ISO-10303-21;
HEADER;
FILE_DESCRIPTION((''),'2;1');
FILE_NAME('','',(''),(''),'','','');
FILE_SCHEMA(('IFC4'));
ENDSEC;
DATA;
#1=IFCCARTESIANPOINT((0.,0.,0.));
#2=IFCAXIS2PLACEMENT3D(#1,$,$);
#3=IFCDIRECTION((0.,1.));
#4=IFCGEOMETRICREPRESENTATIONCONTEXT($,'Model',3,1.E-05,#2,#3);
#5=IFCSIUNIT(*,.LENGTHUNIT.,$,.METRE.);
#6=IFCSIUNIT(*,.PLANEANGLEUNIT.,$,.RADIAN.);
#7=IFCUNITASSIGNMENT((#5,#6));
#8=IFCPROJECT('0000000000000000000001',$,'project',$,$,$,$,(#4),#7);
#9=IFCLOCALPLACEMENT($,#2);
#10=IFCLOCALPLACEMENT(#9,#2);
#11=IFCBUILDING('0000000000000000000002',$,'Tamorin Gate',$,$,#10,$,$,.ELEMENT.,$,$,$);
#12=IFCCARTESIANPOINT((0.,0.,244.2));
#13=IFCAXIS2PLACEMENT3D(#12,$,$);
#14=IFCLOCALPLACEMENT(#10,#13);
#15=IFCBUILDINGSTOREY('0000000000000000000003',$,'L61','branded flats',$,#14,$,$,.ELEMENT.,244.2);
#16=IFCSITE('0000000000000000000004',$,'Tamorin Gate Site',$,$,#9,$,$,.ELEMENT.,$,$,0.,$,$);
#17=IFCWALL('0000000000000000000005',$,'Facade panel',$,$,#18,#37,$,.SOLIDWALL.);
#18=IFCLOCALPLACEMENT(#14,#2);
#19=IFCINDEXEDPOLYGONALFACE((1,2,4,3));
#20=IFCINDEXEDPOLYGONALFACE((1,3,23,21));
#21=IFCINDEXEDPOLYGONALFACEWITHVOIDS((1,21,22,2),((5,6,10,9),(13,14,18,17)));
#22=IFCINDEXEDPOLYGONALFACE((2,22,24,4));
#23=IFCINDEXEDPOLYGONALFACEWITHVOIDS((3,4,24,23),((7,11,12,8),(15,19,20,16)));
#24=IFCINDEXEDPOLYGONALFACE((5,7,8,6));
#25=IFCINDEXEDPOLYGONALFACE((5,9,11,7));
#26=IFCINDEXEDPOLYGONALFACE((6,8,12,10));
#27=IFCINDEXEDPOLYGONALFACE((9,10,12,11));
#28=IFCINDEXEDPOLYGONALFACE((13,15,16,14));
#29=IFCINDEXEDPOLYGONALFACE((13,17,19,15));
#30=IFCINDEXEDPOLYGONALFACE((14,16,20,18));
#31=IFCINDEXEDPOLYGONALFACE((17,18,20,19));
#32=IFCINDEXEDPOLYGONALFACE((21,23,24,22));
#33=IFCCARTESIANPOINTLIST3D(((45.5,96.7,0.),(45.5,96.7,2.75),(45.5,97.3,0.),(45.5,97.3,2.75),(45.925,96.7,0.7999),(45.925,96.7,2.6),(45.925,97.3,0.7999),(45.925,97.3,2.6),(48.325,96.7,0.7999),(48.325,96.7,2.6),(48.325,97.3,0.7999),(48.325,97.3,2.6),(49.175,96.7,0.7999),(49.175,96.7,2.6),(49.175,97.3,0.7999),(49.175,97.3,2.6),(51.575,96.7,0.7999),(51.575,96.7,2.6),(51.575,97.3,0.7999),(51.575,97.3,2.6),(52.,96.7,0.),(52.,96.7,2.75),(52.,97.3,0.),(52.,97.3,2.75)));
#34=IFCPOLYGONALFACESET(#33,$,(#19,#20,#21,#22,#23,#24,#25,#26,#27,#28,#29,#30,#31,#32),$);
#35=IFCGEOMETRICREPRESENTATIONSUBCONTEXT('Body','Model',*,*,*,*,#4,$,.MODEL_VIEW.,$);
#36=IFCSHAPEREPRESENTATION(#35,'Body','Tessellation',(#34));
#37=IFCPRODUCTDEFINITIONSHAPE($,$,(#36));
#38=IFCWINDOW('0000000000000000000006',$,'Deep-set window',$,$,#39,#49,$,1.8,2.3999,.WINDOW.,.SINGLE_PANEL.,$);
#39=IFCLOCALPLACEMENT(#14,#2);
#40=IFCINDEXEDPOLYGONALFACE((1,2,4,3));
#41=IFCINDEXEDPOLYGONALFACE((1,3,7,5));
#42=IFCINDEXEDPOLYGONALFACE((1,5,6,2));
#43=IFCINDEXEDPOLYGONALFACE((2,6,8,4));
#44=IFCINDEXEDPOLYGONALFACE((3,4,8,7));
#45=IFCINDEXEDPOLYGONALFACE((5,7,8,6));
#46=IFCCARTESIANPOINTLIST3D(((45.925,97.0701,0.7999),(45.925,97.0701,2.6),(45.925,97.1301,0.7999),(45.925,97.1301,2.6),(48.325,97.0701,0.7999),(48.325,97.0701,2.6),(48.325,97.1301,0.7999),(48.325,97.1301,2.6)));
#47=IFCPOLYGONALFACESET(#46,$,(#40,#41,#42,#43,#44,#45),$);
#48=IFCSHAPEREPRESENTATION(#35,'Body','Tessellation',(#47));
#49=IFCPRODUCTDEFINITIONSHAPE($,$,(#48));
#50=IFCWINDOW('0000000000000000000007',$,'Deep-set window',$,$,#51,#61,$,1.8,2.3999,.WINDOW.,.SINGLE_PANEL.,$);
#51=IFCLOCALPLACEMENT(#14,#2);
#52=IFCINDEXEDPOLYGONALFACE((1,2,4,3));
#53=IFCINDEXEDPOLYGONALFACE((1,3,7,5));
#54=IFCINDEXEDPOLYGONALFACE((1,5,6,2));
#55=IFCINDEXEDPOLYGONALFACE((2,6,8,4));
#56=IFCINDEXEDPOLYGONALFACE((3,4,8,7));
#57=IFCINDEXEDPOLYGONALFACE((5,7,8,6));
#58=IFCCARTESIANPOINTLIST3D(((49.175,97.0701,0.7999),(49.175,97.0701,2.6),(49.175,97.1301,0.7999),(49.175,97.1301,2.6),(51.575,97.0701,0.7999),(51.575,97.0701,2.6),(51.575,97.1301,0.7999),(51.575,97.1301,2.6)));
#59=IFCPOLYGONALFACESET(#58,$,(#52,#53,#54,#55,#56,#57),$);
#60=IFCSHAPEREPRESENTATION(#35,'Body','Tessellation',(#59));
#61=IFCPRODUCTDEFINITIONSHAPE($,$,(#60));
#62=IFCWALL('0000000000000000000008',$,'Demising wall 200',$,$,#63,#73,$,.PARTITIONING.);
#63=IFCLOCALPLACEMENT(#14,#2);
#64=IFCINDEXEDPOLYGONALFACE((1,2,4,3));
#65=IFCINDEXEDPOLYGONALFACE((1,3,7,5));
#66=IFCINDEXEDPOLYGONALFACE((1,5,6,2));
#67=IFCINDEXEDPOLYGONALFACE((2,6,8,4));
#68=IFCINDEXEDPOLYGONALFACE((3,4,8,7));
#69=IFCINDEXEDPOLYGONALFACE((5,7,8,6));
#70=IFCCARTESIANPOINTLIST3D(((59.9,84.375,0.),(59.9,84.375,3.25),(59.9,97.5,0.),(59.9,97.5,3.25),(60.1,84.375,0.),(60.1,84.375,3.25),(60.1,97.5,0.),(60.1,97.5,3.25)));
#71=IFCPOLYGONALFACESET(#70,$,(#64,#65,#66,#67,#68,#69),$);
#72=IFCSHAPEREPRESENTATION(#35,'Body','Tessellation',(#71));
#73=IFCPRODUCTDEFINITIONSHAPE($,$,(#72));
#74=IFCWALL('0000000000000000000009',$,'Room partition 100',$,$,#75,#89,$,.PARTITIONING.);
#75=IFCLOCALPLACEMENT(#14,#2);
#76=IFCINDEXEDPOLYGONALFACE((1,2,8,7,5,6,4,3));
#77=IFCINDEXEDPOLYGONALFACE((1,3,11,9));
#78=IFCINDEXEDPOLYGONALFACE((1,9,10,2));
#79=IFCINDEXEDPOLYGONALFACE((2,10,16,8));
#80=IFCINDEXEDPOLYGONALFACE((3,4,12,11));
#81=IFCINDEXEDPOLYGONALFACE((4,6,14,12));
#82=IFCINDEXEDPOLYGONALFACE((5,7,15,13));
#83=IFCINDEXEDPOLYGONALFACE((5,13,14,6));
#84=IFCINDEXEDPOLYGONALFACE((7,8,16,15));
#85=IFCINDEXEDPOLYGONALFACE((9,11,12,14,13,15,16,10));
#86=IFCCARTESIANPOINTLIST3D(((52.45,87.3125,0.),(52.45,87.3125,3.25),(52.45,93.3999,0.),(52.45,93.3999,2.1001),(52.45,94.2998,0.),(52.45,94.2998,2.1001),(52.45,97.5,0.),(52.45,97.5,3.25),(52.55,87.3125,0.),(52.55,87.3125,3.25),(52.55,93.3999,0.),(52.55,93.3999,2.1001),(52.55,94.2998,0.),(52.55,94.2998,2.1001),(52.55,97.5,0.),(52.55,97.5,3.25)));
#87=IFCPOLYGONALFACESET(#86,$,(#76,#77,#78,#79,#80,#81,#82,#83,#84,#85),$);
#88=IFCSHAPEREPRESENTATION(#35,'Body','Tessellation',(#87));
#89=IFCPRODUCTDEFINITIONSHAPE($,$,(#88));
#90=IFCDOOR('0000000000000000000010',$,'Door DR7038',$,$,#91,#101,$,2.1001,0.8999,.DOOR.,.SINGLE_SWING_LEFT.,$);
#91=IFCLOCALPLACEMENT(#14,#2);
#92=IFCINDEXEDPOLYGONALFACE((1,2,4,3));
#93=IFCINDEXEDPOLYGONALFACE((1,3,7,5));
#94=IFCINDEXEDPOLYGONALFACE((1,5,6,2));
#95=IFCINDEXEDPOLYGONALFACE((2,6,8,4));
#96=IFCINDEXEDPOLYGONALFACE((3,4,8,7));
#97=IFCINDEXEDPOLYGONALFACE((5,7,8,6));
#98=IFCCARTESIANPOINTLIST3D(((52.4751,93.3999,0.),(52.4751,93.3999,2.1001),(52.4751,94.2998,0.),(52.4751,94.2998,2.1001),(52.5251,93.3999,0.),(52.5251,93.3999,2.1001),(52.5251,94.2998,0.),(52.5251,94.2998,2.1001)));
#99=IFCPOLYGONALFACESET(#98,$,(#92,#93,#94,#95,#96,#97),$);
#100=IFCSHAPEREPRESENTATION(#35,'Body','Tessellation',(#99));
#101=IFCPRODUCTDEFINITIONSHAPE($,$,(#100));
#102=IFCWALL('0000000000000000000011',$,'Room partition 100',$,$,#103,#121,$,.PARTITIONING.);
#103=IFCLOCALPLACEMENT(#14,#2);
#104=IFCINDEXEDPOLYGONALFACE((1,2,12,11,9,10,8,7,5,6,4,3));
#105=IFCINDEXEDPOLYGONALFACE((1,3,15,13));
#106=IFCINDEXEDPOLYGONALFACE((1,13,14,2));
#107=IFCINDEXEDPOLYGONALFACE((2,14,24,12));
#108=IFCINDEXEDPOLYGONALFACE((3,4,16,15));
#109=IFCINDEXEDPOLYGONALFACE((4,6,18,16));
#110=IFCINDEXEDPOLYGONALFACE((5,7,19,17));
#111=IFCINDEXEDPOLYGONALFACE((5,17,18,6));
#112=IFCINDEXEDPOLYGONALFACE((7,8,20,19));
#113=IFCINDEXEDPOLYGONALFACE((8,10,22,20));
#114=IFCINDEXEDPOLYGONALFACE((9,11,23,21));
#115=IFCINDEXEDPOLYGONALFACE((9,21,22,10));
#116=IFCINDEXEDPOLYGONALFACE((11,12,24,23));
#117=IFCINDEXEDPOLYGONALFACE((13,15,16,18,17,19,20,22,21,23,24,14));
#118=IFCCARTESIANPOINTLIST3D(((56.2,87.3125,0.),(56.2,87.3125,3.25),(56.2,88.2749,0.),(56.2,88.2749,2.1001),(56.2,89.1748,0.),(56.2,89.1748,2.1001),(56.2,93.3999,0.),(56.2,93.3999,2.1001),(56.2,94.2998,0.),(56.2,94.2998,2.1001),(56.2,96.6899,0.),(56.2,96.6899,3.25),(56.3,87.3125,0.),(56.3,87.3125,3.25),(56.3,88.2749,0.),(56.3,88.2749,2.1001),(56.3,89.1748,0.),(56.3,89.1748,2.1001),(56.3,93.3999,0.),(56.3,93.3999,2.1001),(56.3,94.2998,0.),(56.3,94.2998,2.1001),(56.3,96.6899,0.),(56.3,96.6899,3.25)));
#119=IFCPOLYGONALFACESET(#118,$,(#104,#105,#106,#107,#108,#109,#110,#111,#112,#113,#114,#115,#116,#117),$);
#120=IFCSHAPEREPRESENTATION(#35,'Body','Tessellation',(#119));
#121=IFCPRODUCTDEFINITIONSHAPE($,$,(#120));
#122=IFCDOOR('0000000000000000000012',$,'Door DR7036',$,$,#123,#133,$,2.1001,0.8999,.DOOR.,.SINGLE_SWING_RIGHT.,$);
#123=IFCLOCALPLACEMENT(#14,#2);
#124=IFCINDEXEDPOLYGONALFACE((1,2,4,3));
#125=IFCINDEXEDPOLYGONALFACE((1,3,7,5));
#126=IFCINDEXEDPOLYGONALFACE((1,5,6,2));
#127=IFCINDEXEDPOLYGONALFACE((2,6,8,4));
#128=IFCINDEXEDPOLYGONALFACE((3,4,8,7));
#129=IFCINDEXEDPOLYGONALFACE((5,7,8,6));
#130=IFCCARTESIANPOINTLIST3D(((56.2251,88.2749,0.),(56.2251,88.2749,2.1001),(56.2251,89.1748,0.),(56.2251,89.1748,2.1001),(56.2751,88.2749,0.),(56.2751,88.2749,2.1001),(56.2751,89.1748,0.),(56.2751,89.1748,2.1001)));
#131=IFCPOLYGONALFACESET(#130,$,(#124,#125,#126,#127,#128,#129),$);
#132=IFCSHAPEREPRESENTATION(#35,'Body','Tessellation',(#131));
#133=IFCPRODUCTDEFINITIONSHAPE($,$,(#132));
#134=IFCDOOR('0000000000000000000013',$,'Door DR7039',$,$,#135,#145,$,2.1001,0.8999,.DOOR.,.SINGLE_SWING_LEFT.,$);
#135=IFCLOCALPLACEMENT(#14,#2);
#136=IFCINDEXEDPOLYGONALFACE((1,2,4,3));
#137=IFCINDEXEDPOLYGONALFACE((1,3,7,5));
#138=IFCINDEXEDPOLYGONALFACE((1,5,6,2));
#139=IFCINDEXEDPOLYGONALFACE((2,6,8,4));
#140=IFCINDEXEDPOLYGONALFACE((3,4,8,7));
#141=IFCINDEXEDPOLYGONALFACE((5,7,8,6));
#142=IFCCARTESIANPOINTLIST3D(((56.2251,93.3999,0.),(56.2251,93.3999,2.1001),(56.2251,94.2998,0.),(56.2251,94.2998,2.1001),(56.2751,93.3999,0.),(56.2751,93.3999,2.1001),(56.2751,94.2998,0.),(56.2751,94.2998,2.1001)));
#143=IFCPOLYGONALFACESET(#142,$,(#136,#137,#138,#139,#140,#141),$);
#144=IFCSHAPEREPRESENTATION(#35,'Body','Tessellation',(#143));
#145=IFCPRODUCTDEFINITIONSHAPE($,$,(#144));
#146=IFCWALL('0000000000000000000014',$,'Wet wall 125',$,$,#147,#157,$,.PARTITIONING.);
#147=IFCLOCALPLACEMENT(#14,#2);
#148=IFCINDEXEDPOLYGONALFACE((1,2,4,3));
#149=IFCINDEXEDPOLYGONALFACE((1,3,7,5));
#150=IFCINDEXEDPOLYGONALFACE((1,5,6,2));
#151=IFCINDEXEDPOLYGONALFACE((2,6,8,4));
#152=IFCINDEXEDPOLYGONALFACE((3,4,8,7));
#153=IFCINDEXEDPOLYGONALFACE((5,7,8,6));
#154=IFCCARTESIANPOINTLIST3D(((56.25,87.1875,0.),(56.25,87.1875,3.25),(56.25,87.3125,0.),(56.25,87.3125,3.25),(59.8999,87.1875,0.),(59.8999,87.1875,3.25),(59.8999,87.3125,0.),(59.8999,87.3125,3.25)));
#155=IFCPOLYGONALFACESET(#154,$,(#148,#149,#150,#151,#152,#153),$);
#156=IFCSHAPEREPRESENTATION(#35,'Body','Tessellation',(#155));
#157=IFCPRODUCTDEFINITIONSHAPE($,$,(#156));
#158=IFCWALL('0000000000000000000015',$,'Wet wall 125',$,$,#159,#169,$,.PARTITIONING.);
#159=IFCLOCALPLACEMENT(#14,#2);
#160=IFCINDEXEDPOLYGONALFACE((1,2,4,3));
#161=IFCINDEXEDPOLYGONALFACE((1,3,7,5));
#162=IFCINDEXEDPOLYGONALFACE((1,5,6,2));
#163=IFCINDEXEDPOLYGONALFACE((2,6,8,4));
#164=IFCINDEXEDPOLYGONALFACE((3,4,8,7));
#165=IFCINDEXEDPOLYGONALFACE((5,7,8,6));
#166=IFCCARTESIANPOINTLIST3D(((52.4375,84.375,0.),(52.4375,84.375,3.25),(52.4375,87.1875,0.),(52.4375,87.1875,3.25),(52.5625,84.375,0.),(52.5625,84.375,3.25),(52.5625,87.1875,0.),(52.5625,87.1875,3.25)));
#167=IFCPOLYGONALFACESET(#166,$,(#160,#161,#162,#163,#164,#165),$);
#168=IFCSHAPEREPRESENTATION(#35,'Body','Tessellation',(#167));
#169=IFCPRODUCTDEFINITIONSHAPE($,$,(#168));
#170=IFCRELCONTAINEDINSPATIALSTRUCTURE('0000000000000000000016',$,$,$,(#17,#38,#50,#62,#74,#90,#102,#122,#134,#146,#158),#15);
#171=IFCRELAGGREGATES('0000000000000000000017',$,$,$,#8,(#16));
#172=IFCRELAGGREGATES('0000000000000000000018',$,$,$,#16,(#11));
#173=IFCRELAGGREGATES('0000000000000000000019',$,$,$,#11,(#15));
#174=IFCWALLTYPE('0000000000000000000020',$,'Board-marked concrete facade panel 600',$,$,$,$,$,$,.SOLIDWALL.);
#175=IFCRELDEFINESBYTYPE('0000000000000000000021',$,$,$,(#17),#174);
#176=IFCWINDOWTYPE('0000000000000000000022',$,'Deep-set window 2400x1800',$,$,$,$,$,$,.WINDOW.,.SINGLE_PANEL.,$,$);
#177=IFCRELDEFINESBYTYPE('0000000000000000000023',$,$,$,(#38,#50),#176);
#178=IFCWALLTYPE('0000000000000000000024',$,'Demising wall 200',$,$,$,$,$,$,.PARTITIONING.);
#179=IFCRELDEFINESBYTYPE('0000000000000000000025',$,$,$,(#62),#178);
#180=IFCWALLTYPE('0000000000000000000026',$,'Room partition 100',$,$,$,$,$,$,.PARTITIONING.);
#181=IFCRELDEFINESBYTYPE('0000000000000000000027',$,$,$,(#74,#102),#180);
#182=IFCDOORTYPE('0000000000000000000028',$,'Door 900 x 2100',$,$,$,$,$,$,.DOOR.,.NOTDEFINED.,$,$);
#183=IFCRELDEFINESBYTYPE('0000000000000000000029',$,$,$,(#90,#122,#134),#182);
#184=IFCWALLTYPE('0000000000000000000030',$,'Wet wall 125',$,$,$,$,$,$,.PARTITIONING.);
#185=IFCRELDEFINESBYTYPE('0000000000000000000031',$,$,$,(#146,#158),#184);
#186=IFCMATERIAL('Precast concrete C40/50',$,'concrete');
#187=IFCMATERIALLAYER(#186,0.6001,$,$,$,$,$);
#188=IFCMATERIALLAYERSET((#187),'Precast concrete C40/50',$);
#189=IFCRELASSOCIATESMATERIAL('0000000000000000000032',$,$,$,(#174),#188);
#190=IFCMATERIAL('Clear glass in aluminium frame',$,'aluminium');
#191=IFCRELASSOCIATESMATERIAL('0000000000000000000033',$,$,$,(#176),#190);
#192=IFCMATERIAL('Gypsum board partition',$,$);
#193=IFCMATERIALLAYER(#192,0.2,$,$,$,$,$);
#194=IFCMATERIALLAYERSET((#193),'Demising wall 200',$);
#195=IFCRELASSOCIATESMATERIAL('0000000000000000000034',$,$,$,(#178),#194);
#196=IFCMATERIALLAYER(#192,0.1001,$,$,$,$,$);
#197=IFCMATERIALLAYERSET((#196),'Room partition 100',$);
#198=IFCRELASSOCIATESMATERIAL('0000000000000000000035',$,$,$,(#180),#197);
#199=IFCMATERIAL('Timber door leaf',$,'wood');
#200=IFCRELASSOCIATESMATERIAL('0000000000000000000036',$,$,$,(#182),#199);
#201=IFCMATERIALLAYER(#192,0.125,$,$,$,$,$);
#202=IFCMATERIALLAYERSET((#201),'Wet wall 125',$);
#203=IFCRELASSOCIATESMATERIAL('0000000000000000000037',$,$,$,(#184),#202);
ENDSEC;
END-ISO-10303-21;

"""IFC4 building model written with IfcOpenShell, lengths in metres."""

from ifc_helpers import new_model, si_unit, direction, frame, frame_2d, origin, place, context, subcontext, project, spatial, rectangle, extrude, material, layer, layer_set, type_object, element, fill, save


model = new_model("IFC4")

# Units and contexts
model_context = context("Model", 3, precision=1e-05, world=origin(), true_north=direction((0.0, 1.0)))
body_context = subcontext(model_context, "Body", "Model", "MODEL_VIEW")
ifc_project = project(units=[si_unit("LENGTHUNIT", "METRE"), si_unit("PLANEANGLEUNIT", "RADIAN")], contexts=[model_context])

# Site, building, storey
site_placement = place(None, origin())
site = spatial("IfcSite", under=ifc_project, at=site_placement, Name="Tamorin Gate Site", CompositionType="ELEMENT", RefElevation=0.0)
building_placement = place(site_placement, origin())
building = spatial("IfcBuilding", under=site, at=building_placement, Name="Tamorin Gate", CompositionType="ELEMENT")
storey_placement = place(building_placement, frame((0.0, 0.0, 244.2)))
storey = spatial("IfcBuildingStorey", under=building, at=storey_placement, Name="L61", Description="branded flats", CompositionType="ELEMENT", Elevation=244.2)

# Wall, openings, windows
ifc_material_1 = material(Name="Precast concrete C40/50", Category="concrete")
ifc_layer_1 = layer(ifc_material_1, 0.6001)
ifc_layer_set_1 = layer_set([ifc_layer_1], Name="Precast concrete C40/50")
wall_type_1 = type_object("IfcWallType", Name="Board-marked concrete facade panel 600", PredefinedType="SOLIDWALL", material=ifc_layer_set_1)
ifc_material_2 = material(Name="Clear glass in aluminium frame", Category="aluminium")
window_type = type_object("IfcWindowType", Name="Deep-set window 2400x1800", PartitioningType="SINGLE_PANEL", PredefinedType="WINDOW", material=ifc_material_2)
wall_1_placement = place(storey_placement, frame((52.0, 97.0, 0.0), z_axis=(0.0, 0.0, 1.0), x_axis=(-1.0, 0.0, 0.0)))
wall_1 = element("IfcWall", 1, at=wall_1_placement, inside=storey, type_object=wall_type_1, Name="Facade panel", PredefinedType="SOLIDWALL", context=body_context, shape_type="SweptSolid", body=[
    extrude(rectangle(XDim=6.5, YDim=0.6001, at=frame_2d((3.25, 0.0))), origin(), (0.0, 0.0, 1.0), 2.75),
])
opening_1_placement = place(wall_1_placement, frame((3.675, 0.0, 0.8)))
opening_1 = element("IfcOpeningElement", 2, at=opening_1_placement, cuts=wall_1, PredefinedType="OPENING", context=body_context, shape_type="SweptSolid", body=[
    extrude(rectangle(XDim=2.3999, YDim=1.8, at=frame_2d((1.2, 0.8999))), frame((0.0, 0.3101, 0.0), z_axis=(0.0, -1.0, 0.0), x_axis=(1.0, 0.0, 0.0)), (0.0, 0.0, 1.0), 0.6201),
])
opening_2_placement = place(wall_1_placement, frame((0.425, 0.0, 0.8)))
opening_2 = element("IfcOpeningElement", 3, at=opening_2_placement, cuts=wall_1, PredefinedType="OPENING", context=body_context, shape_type="SweptSolid", body=[
    extrude(rectangle(XDim=2.3999, YDim=1.8, at=frame_2d((1.2, 0.8999))), frame((0.0, 0.3101, 0.0), z_axis=(0.0, -1.0, 0.0), x_axis=(1.0, 0.0, 0.0)), (0.0, 0.0, 1.0), 0.6201),
])
window_1_placement = place(opening_1_placement, origin())
window_1 = element("IfcWindow", 4, at=window_1_placement, inside=storey, type_object=window_type, Name="Deep-set window", OverallHeight=1.8, OverallWidth=2.3999, PartitioningType="SINGLE_PANEL", PredefinedType="WINDOW", context=body_context, shape_type="SweptSolid", body=[
    extrude(rectangle(XDim=2.3999, YDim=1.8, at=frame_2d((1.2, 0.8999))), frame((0.0, -0.0701, 0.0), z_axis=(0.0, -1.0, 0.0), x_axis=(1.0, 0.0, 0.0)), (0.0, 0.0, 1.0), 0.0601),
])
fill(opening_1, window_1)
window_2_placement = place(opening_2_placement, origin())
window_2 = element("IfcWindow", 5, at=window_2_placement, inside=storey, type_object=window_type, Name="Deep-set window", OverallHeight=1.8, OverallWidth=2.3999, PartitioningType="SINGLE_PANEL", PredefinedType="WINDOW", context=body_context, shape_type="SweptSolid", body=[
    extrude(rectangle(XDim=2.3999, YDim=1.8, at=frame_2d((1.2, 0.8999))), frame((0.0, -0.0701, 0.0), z_axis=(0.0, -1.0, 0.0), x_axis=(1.0, 0.0, 0.0)), (0.0, 0.0, 1.0), 0.0601),
])
fill(opening_2, window_2)

# Wall
ifc_material_3 = material(Name="Gypsum board partition")
ifc_layer_2 = layer(ifc_material_3, 0.2)
ifc_layer_set_2 = layer_set([ifc_layer_2], Name="Demising wall 200")
wall_type_2 = type_object("IfcWallType", Name="Demising wall 200", PredefinedType="PARTITIONING", material=ifc_layer_set_2)
wall_2_placement = place(storey_placement, frame((60.0, 84.375, 0.0), z_axis=(0.0, 0.0, 1.0), x_axis=(0.0, 1.0, 0.0)))
element("IfcWall", 6, at=wall_2_placement, inside=storey, type_object=wall_type_2, Name="Demising wall 200", PredefinedType="PARTITIONING", context=body_context, shape_type="SweptSolid", body=[
    extrude(rectangle(XDim=13.125, YDim=0.2, at=frame_2d((6.5625, 0.0))), origin(), (0.0, 0.0, 1.0), 3.25),
])

# Wall, opening, door
ifc_layer_3 = layer(ifc_material_3, 0.1001)
ifc_layer_set_3 = layer_set([ifc_layer_3], Name="Room partition 100")
wall_type_3 = type_object("IfcWallType", Name="Room partition 100", PredefinedType="PARTITIONING", material=ifc_layer_set_3)
wall_3_placement = place(storey_placement, frame((52.5, 87.3125, 0.0), z_axis=(0.0, 0.0, 1.0), x_axis=(0.0, 1.0, 0.0)))
wall_3 = element("IfcWall", 7, at=wall_3_placement, inside=storey, type_object=wall_type_3, Name="Room partition 100", PredefinedType="PARTITIONING", context=body_context, shape_type="SweptSolid", body=[
    extrude(rectangle(XDim=10.1875, YDim=0.1001, at=frame_2d((5.0938, 0.0))), origin(), (0.0, 0.0, 1.0), 3.25),
])
opening_3_placement = place(wall_3_placement, frame((6.0874, 0.0, 0.0)))
opening_3 = element("IfcOpeningElement", 8, at=opening_3_placement, cuts=wall_3, PredefinedType="OPENING", context=body_context, shape_type="SweptSolid", body=[
    extrude(rectangle(XDim=0.8999, YDim=2.1001, at=frame_2d((0.45, 1.05))), frame((0.0, 0.0601, 0.0), z_axis=(0.0, -1.0, 0.0), x_axis=(1.0, 0.0, 0.0)), (0.0, 0.0, 1.0), 0.1201),
])
ifc_material_4 = material(Name="Timber door leaf", Category="wood")
door_type = type_object("IfcDoorType", Name="Door 900 x 2100", OperationType="NOTDEFINED", PredefinedType="DOOR", material=ifc_material_4)
door_1_placement = place(opening_3_placement, origin())
door_1 = element("IfcDoor", 9, at=door_1_placement, inside=storey, type_object=door_type, Name="Door DR7038", OperationType="SINGLE_SWING_LEFT", OverallHeight=2.1001, OverallWidth=0.8999, PredefinedType="DOOR", context=body_context, shape_type="SweptSolid", body=[
    extrude(rectangle(XDim=0.8999, YDim=2.1001, at=frame_2d((0.45, 1.05))), frame((0.0, 0.0249, 0.0), z_axis=(0.0, -1.0, 0.0), x_axis=(1.0, 0.0, 0.0)), (0.0, 0.0, 1.0), 0.05),
])
fill(opening_3, door_1)

# Wall, openings, doors
wall_4_placement = place(storey_placement, frame((56.25, 87.3125, 0.0), z_axis=(0.0, 0.0, 1.0), x_axis=(0.0, 1.0, 0.0)))
wall_4 = element("IfcWall", 10, at=wall_4_placement, inside=storey, type_object=wall_type_3, Name="Room partition 100", PredefinedType="PARTITIONING", context=body_context, shape_type="SweptSolid", body=[
    extrude(rectangle(XDim=9.3774, YDim=0.1001, at=frame_2d((4.6887, 0.0))), origin(), (0.0, 0.0, 1.0), 3.25),
])
opening_4_placement = place(wall_4_placement, frame((0.9624, 0.0, 0.0)))
opening_4 = element("IfcOpeningElement", 11, at=opening_4_placement, cuts=wall_4, PredefinedType="OPENING", context=body_context, shape_type="SweptSolid", body=[
    extrude(rectangle(XDim=0.8999, YDim=2.1001, at=frame_2d((0.45, 1.05))), frame((0.0, 0.0601, 0.0), z_axis=(0.0, -1.0, 0.0), x_axis=(1.0, 0.0, 0.0)), (0.0, 0.0, 1.0), 0.1201),
])
opening_5_placement = place(wall_4_placement, frame((6.0874, 0.0, 0.0)))
opening_5 = element("IfcOpeningElement", 12, at=opening_5_placement, cuts=wall_4, PredefinedType="OPENING", context=body_context, shape_type="SweptSolid", body=[
    extrude(rectangle(XDim=0.8999, YDim=2.1001, at=frame_2d((0.45, 1.05))), frame((0.0, 0.0601, 0.0), z_axis=(0.0, -1.0, 0.0), x_axis=(1.0, 0.0, 0.0)), (0.0, 0.0, 1.0), 0.1201),
])
door_2_placement = place(opening_4_placement, origin())
door_2 = element("IfcDoor", 13, at=door_2_placement, inside=storey, type_object=door_type, Name="Door DR7036", OperationType="SINGLE_SWING_RIGHT", OverallHeight=2.1001, OverallWidth=0.8999, PredefinedType="DOOR", context=body_context, shape_type="SweptSolid", body=[
    extrude(rectangle(XDim=0.8999, YDim=2.1001, at=frame_2d((0.45, 1.05))), frame((0.0, 0.0249, 0.0), z_axis=(0.0, -1.0, 0.0), x_axis=(1.0, 0.0, 0.0)), (0.0, 0.0, 1.0), 0.05),
])
fill(opening_4, door_2)
door_3_placement = place(opening_5_placement, origin())
door_3 = element("IfcDoor", 14, at=door_3_placement, inside=storey, type_object=door_type, Name="Door DR7039", OperationType="SINGLE_SWING_LEFT", OverallHeight=2.1001, OverallWidth=0.8999, PredefinedType="DOOR", context=body_context, shape_type="SweptSolid", body=[
    extrude(rectangle(XDim=0.8999, YDim=2.1001, at=frame_2d((0.45, 1.05))), frame((0.0, 0.0249, 0.0), z_axis=(0.0, -1.0, 0.0), x_axis=(1.0, 0.0, 0.0)), (0.0, 0.0, 1.0), 0.05),
])
fill(opening_5, door_3)

# Walls
ifc_layer_4 = layer(ifc_material_3, 0.125)
ifc_layer_set_4 = layer_set([ifc_layer_4], Name="Wet wall 125")
wall_type_4 = type_object("IfcWallType", Name="Wet wall 125", PredefinedType="PARTITIONING", material=ifc_layer_set_4)
wall_5_placement = place(storey_placement, frame((56.25, 87.25, 0.0), z_axis=(0.0, 0.0, 1.0), x_axis=(1.0, 0.0, 0.0)))
element("IfcWall", 15, at=wall_5_placement, inside=storey, type_object=wall_type_4, Name="Wet wall 125", PredefinedType="PARTITIONING", context=body_context, shape_type="SweptSolid", body=[
    extrude(rectangle(XDim=3.6499, YDim=0.125, at=frame_2d((1.825, 0.0))), origin(), (0.0, 0.0, 1.0), 3.25),
])
wall_6_placement = place(storey_placement, frame((52.5, 84.375, 0.0), z_axis=(0.0, 0.0, 1.0), x_axis=(0.0, 1.0, 0.0)))
element("IfcWall", 16, at=wall_6_placement, inside=storey, type_object=wall_type_4, Name="Wet wall 125", PredefinedType="PARTITIONING", context=body_context, shape_type="SweptSolid", body=[
    extrude(rectangle(XDim=2.8125, YDim=0.125, at=frame_2d((1.4062, 0.0))), origin(), (0.0, 0.0, 1.0), 3.25),
])

save(model, "model.ifc")
